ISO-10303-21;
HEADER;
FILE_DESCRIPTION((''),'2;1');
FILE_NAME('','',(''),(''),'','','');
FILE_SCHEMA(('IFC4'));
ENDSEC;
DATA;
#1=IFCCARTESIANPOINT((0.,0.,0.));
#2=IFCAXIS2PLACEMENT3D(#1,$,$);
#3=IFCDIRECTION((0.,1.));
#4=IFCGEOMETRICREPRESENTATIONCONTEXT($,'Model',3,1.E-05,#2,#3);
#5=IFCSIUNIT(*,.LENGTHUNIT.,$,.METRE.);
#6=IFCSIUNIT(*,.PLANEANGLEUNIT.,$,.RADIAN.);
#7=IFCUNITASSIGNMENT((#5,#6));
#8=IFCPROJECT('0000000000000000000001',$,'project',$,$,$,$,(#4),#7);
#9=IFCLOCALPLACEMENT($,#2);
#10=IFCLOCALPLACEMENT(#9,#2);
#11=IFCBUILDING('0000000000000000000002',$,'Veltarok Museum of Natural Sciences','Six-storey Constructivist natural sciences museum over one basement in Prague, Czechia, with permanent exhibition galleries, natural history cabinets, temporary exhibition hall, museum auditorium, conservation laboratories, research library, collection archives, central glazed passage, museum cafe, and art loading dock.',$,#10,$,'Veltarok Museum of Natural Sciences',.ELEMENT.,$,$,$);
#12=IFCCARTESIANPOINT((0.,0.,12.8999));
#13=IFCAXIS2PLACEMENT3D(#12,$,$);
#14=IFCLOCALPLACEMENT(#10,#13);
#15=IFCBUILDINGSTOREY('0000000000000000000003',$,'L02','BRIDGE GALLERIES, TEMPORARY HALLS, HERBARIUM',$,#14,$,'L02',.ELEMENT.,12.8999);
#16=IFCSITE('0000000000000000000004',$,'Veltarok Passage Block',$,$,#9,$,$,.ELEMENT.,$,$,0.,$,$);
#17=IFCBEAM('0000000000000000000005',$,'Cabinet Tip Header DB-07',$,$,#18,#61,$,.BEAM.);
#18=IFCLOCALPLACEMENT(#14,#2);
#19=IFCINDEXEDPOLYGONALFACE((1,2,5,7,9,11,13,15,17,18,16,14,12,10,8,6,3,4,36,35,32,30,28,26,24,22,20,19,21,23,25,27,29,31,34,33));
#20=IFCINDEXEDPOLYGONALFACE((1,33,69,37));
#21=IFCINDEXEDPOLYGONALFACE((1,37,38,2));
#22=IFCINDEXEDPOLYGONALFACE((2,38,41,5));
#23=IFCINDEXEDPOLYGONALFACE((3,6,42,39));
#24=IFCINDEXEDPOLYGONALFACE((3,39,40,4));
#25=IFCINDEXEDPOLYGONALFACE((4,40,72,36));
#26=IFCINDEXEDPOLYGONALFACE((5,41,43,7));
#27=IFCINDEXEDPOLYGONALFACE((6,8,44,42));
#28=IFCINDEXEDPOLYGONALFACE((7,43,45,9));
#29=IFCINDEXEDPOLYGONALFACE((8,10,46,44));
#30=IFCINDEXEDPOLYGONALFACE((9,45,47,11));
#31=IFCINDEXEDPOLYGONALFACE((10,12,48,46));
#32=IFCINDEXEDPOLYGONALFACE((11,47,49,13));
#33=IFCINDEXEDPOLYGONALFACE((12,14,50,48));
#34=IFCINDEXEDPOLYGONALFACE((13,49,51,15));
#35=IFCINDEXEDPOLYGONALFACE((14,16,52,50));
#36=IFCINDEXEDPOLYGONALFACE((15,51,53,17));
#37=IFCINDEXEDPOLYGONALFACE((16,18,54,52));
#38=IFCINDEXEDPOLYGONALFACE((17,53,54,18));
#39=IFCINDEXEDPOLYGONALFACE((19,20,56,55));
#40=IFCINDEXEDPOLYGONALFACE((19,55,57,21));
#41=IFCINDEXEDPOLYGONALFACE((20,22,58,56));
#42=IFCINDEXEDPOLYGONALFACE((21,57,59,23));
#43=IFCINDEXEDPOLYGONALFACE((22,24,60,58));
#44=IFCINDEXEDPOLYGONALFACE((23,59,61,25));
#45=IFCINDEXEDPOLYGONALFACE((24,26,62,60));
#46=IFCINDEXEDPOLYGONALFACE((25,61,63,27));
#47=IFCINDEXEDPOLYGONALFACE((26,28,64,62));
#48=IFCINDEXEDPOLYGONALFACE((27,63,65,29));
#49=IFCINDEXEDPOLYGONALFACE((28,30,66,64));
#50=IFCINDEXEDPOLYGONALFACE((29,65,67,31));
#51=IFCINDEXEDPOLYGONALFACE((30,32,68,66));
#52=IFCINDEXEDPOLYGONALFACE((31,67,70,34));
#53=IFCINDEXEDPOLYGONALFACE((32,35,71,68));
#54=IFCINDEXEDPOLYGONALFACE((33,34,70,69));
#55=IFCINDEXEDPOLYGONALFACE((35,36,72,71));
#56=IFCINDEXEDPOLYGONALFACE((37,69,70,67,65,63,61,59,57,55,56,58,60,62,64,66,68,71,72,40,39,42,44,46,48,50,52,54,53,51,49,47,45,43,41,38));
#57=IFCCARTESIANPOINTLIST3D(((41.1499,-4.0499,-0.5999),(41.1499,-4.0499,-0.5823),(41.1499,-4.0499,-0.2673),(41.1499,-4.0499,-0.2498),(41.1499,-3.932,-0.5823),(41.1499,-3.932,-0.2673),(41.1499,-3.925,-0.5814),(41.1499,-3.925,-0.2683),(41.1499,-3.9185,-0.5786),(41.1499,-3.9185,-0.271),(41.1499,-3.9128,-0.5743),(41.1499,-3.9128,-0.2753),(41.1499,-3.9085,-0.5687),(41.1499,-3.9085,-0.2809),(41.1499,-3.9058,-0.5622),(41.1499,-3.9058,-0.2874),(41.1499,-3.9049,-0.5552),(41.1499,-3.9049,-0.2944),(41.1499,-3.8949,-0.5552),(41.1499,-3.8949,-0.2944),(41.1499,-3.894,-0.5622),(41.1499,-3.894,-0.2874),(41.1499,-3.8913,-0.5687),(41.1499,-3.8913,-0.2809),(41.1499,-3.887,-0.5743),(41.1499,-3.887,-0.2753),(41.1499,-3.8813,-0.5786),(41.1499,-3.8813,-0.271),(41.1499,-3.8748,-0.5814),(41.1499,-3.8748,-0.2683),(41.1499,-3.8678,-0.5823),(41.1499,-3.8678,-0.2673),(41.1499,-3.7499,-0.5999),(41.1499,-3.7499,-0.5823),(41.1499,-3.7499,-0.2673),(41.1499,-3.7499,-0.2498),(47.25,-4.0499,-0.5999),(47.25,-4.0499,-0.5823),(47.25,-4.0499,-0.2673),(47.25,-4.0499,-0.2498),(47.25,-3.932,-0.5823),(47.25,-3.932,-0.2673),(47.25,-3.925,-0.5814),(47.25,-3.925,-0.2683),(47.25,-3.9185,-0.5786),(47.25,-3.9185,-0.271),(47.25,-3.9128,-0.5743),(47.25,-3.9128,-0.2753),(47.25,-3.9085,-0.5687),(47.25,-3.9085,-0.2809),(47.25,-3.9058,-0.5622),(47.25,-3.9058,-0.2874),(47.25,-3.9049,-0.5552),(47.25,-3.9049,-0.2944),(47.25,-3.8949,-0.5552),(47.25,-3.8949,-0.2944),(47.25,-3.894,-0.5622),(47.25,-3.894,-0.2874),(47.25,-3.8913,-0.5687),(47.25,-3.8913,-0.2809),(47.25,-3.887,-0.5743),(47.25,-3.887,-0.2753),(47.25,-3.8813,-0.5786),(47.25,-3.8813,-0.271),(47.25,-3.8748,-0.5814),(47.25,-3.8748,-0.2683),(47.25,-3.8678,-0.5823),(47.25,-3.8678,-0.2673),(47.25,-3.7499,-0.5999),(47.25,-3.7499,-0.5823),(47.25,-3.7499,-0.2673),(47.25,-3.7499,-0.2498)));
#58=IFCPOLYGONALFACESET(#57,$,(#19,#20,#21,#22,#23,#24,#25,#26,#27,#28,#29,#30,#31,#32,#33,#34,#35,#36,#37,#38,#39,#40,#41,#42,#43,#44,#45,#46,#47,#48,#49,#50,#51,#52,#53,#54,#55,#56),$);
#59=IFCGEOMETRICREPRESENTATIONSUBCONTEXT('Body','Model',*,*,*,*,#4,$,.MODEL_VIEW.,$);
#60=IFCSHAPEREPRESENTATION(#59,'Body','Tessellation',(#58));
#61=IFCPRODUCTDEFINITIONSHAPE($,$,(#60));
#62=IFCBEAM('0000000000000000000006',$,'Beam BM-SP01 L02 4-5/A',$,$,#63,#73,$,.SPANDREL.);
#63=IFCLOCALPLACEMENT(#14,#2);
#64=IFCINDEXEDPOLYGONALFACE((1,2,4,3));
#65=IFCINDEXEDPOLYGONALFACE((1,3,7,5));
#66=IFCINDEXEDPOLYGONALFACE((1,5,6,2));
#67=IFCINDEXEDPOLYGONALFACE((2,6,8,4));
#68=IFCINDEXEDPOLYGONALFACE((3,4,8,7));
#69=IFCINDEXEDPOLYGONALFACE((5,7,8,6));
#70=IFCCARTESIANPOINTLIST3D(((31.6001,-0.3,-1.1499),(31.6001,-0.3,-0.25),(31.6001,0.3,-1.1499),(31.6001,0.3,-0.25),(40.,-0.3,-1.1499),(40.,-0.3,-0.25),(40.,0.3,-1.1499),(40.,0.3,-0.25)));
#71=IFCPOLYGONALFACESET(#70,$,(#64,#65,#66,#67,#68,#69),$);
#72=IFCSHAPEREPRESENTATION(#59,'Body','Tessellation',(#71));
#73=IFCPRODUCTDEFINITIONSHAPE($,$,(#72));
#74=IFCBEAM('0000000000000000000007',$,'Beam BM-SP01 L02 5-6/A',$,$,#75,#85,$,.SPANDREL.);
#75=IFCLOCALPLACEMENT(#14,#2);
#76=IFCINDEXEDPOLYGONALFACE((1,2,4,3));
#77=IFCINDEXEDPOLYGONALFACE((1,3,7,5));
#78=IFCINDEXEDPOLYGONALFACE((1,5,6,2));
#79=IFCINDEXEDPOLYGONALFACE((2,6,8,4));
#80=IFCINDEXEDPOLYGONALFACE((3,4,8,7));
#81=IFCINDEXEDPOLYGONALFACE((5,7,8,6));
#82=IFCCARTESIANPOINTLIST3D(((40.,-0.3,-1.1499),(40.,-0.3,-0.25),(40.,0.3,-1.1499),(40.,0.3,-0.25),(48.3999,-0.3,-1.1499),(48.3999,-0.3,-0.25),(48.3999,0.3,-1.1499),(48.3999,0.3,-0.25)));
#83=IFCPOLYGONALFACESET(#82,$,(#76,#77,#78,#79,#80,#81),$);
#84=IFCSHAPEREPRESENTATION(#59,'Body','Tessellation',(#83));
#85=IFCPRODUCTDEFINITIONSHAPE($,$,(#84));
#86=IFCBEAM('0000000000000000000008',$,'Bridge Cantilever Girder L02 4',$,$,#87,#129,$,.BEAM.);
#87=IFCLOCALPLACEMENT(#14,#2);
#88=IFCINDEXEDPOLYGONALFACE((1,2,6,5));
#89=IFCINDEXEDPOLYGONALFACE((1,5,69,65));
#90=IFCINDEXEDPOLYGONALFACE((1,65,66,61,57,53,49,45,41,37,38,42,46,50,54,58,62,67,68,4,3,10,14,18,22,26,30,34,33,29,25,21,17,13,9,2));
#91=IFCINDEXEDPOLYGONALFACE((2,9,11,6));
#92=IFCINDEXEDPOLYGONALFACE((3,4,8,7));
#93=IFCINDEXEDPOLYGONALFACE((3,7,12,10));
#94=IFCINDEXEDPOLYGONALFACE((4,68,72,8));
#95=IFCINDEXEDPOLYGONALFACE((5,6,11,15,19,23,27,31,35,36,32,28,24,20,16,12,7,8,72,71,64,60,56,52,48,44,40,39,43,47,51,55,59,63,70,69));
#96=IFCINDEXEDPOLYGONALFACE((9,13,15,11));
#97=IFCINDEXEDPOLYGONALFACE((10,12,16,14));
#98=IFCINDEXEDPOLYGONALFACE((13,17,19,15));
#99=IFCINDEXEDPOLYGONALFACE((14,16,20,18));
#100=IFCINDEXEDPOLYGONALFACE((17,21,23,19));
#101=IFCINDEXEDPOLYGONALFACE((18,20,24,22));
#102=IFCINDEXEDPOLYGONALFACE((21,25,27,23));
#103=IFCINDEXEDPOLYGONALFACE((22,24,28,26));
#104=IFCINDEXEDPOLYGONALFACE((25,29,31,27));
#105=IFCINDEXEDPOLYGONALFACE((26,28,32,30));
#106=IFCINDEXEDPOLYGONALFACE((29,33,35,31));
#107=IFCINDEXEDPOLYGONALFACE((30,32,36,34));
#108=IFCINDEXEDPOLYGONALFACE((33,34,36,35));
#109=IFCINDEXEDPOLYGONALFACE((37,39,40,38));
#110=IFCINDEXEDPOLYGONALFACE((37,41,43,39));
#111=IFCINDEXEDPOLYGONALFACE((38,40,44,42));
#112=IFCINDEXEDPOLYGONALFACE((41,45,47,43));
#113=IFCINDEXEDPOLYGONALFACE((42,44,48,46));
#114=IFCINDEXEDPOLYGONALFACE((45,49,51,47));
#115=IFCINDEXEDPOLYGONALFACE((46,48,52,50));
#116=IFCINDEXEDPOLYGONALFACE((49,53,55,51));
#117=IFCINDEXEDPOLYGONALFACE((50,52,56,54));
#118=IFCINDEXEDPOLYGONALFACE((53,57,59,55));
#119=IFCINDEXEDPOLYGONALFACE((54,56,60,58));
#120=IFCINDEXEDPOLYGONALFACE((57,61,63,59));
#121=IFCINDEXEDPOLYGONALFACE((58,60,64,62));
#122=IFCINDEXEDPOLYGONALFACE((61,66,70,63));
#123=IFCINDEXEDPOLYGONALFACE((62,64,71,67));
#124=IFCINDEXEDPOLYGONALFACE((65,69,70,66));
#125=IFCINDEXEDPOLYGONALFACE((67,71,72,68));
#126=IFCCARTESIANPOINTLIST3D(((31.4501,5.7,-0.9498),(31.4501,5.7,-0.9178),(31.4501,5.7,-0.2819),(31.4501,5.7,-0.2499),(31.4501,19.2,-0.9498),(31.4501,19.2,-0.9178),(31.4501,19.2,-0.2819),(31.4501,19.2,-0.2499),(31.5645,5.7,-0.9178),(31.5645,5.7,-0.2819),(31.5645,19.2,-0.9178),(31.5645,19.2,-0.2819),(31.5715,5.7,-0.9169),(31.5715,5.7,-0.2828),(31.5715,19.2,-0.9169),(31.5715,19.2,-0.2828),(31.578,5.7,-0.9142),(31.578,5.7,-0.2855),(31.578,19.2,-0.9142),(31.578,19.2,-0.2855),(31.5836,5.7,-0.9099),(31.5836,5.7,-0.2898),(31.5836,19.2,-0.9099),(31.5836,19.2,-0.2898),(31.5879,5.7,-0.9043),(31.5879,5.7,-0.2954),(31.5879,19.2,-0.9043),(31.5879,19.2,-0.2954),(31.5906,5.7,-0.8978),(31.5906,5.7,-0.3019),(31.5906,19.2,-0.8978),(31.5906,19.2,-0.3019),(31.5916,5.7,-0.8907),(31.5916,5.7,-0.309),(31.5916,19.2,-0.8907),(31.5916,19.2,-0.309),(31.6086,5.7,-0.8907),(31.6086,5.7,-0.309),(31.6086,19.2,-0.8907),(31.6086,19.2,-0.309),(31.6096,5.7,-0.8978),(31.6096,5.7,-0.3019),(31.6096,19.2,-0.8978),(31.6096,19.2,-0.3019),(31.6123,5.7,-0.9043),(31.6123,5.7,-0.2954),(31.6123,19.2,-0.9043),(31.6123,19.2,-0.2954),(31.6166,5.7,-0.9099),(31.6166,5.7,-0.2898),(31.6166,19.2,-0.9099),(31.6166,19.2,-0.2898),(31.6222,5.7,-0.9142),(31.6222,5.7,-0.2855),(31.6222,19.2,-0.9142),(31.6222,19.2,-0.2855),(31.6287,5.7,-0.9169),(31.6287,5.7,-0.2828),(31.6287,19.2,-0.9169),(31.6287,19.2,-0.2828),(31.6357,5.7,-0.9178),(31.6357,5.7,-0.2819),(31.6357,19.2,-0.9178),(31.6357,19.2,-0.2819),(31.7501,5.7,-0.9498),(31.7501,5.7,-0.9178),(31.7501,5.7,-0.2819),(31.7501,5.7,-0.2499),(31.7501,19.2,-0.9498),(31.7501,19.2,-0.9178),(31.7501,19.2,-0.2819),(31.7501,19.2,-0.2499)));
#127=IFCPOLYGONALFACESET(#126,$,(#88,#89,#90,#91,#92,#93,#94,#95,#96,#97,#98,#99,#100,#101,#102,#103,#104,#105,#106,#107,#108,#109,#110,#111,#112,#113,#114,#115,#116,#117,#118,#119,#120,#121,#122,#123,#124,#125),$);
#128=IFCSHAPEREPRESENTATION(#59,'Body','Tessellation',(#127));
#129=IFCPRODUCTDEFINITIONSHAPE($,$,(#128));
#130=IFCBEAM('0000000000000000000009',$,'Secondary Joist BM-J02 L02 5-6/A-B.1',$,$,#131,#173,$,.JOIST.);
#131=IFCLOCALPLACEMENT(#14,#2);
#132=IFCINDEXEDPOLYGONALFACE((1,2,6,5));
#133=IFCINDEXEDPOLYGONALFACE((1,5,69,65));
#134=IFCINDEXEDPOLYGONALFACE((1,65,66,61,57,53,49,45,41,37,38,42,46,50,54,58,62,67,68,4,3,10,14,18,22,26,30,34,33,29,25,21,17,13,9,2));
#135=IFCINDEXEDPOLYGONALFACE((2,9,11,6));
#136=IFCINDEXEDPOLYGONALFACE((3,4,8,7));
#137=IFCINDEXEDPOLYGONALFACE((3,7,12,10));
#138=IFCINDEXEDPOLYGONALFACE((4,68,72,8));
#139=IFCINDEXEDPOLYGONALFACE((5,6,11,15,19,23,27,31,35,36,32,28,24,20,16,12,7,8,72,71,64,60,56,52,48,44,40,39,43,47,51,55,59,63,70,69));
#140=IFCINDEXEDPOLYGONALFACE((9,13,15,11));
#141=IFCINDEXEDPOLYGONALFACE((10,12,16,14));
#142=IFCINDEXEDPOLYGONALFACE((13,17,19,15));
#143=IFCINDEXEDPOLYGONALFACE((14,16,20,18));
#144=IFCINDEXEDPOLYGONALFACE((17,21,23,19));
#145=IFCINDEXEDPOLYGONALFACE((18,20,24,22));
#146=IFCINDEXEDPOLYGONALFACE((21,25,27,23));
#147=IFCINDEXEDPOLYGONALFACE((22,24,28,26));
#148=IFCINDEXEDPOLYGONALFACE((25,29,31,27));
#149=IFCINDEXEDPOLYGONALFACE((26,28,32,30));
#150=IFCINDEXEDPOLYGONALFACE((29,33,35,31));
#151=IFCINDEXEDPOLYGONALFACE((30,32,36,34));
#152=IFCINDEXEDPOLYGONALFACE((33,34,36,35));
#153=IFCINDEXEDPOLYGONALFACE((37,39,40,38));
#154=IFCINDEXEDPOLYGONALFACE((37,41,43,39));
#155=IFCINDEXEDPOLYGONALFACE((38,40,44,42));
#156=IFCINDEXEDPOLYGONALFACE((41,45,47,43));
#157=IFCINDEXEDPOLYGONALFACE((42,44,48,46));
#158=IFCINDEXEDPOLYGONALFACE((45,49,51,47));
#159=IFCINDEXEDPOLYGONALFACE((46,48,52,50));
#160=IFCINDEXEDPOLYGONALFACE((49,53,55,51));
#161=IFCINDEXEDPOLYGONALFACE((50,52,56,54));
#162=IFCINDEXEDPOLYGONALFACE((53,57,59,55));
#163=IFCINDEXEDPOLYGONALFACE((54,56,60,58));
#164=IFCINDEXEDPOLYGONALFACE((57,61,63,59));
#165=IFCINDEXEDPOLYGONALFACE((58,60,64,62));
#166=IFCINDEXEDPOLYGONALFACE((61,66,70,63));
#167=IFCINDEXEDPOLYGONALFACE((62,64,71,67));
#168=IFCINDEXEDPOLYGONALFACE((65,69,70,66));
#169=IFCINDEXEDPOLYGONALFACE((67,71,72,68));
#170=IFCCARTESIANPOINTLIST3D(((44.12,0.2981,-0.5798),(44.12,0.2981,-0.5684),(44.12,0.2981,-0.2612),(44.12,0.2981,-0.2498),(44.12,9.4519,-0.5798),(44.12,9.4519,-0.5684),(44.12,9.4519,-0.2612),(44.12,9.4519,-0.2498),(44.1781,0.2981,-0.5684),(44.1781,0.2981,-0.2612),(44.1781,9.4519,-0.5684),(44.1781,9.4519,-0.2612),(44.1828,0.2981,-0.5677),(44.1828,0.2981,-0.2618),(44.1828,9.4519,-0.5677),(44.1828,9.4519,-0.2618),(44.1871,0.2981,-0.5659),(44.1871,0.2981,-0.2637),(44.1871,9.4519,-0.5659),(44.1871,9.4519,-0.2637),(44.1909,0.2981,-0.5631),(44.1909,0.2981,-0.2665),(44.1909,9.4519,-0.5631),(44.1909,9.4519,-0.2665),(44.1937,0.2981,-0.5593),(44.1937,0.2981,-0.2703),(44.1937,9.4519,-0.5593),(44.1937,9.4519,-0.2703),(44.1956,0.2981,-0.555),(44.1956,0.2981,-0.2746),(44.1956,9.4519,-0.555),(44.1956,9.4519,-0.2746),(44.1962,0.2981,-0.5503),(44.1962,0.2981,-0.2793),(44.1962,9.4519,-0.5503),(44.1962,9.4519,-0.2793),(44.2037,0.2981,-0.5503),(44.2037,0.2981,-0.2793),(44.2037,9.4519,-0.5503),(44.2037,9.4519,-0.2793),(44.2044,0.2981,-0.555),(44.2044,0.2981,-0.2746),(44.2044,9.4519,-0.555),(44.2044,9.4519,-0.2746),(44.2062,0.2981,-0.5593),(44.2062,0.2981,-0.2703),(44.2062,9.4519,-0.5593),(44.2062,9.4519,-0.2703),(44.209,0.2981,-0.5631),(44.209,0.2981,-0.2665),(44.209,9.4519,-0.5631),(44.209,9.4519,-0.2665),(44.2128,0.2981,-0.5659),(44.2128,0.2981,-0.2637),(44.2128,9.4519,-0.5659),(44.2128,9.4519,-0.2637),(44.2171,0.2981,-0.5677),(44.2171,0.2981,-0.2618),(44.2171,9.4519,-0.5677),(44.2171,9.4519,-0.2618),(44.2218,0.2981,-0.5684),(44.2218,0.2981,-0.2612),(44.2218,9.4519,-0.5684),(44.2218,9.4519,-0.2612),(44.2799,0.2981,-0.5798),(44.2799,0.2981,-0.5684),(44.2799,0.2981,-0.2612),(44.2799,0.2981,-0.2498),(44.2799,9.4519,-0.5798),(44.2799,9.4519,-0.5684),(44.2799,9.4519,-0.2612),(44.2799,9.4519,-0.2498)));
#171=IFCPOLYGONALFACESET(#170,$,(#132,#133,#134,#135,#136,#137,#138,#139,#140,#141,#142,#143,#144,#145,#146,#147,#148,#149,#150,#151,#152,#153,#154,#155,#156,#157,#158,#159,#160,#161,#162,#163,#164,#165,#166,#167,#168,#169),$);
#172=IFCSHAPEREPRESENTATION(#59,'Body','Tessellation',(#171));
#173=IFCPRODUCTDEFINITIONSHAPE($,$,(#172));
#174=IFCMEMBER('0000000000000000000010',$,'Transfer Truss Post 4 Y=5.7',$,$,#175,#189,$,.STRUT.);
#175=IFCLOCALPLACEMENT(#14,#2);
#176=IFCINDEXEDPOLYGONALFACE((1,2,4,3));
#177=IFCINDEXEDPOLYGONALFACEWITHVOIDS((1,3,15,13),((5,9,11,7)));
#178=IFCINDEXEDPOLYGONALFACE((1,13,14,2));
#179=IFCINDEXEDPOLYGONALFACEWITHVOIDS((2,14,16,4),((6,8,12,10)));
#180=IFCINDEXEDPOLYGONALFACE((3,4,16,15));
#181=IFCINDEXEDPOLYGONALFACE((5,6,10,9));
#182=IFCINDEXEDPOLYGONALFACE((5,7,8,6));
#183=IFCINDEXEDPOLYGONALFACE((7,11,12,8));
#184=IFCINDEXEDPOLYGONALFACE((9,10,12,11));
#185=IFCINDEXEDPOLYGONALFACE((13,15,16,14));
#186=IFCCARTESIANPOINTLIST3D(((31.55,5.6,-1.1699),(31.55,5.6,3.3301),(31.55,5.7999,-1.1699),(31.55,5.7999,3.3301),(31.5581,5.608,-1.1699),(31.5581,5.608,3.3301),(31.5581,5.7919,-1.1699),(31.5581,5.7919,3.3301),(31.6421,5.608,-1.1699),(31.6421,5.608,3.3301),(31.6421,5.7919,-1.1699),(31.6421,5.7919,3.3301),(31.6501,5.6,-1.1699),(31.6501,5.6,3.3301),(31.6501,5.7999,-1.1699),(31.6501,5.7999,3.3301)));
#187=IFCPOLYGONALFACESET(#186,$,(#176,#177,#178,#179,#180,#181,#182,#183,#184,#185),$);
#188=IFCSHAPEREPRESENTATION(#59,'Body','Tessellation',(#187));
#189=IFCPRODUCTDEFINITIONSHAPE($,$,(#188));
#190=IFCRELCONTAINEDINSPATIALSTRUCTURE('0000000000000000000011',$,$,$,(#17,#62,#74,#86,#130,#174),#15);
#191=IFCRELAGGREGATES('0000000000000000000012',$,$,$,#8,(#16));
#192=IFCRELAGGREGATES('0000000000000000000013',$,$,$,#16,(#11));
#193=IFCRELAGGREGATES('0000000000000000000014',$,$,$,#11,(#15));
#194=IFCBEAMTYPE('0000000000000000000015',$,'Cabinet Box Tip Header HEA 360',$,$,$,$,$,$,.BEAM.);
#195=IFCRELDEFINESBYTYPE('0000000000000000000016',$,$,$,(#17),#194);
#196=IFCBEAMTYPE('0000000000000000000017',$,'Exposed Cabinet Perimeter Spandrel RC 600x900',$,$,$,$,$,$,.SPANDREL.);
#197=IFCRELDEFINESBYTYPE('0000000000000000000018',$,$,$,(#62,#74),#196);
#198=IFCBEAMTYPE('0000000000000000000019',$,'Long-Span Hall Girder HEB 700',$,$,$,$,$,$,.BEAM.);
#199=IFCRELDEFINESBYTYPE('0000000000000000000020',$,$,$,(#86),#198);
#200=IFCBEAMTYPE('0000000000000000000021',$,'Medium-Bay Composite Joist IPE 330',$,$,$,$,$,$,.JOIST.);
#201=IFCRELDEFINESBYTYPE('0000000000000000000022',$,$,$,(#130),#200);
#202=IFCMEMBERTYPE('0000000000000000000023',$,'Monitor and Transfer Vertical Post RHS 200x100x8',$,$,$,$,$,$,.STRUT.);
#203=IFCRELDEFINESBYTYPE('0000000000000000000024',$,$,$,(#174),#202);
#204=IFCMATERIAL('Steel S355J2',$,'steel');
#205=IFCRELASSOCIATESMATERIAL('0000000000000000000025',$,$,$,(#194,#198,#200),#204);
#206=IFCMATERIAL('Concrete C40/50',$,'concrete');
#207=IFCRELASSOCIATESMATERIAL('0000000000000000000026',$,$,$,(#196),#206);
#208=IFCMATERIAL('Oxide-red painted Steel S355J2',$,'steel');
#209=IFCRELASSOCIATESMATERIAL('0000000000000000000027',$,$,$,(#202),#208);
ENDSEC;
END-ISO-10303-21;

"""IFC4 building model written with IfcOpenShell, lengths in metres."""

from ifc_helpers import new_model, si_unit, direction, frame, origin, origin_2d, place, context, subcontext, project, spatial, rectangle, hollow_rectangle, i_section, extrude, material, material_profile, profile_set, type_object, element, save


model = new_model("IFC4")

# Units and contexts
model_context = context("Model", 3, precision=1e-05, world=origin(), true_north=direction((0.0, 1.0)))
body_context = subcontext(model_context, "Body", "Model", "MODEL_VIEW")
ifc_project = project(units=[si_unit("LENGTHUNIT", "METRE"), si_unit("PLANEANGLEUNIT", "RADIAN")], contexts=[model_context])

# Site, building, storey
site_placement = place(None, origin())
site = spatial("IfcSite", under=ifc_project, at=site_placement, Name="Veltarok Passage Block", CompositionType="ELEMENT", RefElevation=0.0)
building_placement = place(site_placement, origin())
building = spatial("IfcBuilding", under=site, at=building_placement, Name="Veltarok Museum of Natural Sciences", Description="Six-storey Constructivist natural sciences museum over one basement in Prague, Czechia, with permanent exhibition galleries, natural history cabinets, temporary exhibition hall, museum auditorium, conservation laboratories, research library, collection archives, central glazed passage, museum cafe, and art loading dock.", LongName="Veltarok Museum of Natural Sciences", CompositionType="ELEMENT")
storey_placement = place(building_placement, frame((0.0, 0.0, 12.8999)))
storey = spatial("IfcBuildingStorey", under=building, at=storey_placement, Name="L02", Description="BRIDGE GALLERIES, TEMPORARY HALLS, HERBARIUM", LongName="L02", CompositionType="ELEMENT", Elevation=12.8999)

# Shared definitions
ifc_material_1 = material(Name="Concrete C40/50", Category="concrete")
ifc_material_2 = material(Name="Steel S355J2", Category="steel")

# Beams
ifc_material_profile_1 = material_profile(ifc_material_2, i_section(OverallWidth=0.3, OverallDepth=0.3501, WebThickness=0.01, FlangeThickness=0.0176, FilletRadius=0.0271, at=origin_2d()), Name="HEA 360")
ifc_profile_set_1 = profile_set([ifc_material_profile_1], Name="Steel S355J2")
beam_type_1 = type_object("IfcBeamType", Name="Cabinet Box Tip Header HEA 360", PredefinedType="BEAM", material=ifc_profile_set_1)
beam_1_placement = place(storey_placement, frame((41.1499, -3.8999, -0.4248), z_axis=(1.0, 0.0, 0.0), x_axis=(0.0, 1.0, 0.0)))
element("IfcBeam", 1, at=beam_1_placement, inside=storey, type_object=beam_type_1, Name="Cabinet Tip Header DB-07", PredefinedType="BEAM", context=body_context, shape_type="SweptSolid", body=[
    extrude(i_section(OverallWidth=0.3, OverallDepth=0.3501, WebThickness=0.01, FlangeThickness=0.0176, FilletRadius=0.0271, at=origin_2d()), origin(), (0.0, 0.0, 1.0), 6.1001),
])
ifc_material_profile_2 = material_profile(ifc_material_1, rectangle(XDim=0.6001, YDim=0.8999, at=origin_2d()), Name="RC 600x900")
ifc_profile_set_2 = profile_set([ifc_material_profile_2], Name="Concrete C40/50")
beam_type_2 = type_object("IfcBeamType", Name="Exposed Cabinet Perimeter Spandrel RC 600x900", PredefinedType="SPANDREL", material=ifc_profile_set_2)
for number, where, z_axis, x_axis, name in (
    (2, (31.6001, 0.0, -0.7), (1.0, 0.0, 0.0), (0.0, 1.0, 0.0), "Beam BM-SP01 L02 4-5/A"),
    (3, (40.0, 0.0, -0.7), (1.0, 0.0, 0.0), (0.0, 1.0, 0.0), "Beam BM-SP01 L02 5-6/A"),
):
    element("IfcBeam", number, at=place(storey_placement, frame(where, z_axis=z_axis, x_axis=x_axis)), inside=storey, type_object=beam_type_2, Name=name, PredefinedType="SPANDREL", context=body_context, shape_type="SweptSolid", body=[
        extrude(rectangle(XDim=0.6001, YDim=0.8999, at=origin_2d()), origin(), (0.0, 0.0, 1.0), 8.3999),
    ])
ifc_material_profile_3 = material_profile(ifc_material_2, i_section(OverallWidth=0.3, OverallDepth=0.7, WebThickness=0.0171, FlangeThickness=0.032, FilletRadius=0.0271, at=origin_2d()), Name="HEB 700")
ifc_profile_set_3 = profile_set([ifc_material_profile_3], Name="Steel S355J2")
beam_type_3 = type_object("IfcBeamType", Name="Long-Span Hall Girder HEB 700", PredefinedType="BEAM", material=ifc_profile_set_3)
beam_2_placement = place(storey_placement, frame((31.6001, 5.7, -0.5999), z_axis=(0.0, 1.0, 0.0), x_axis=(-1.0, 0.0, 0.0)))
element("IfcBeam", 4, at=beam_2_placement, inside=storey, type_object=beam_type_3, Name="Bridge Cantilever Girder L02 4", PredefinedType="BEAM", context=body_context, shape_type="SweptSolid", body=[
    extrude(i_section(OverallWidth=0.3, OverallDepth=0.7, WebThickness=0.0171, FlangeThickness=0.032, FilletRadius=0.0271, at=origin_2d()), origin(), (0.0, 0.0, 1.0), 13.5),
])
ifc_material_profile_4 = material_profile(ifc_material_2, i_section(OverallWidth=0.1599, OverallDepth=0.3301, WebThickness=0.0076, FlangeThickness=0.0115, FilletRadius=0.0181, at=origin_2d()), Name="IPE 330")
ifc_profile_set_4 = profile_set([ifc_material_profile_4], Name="Steel S355J2")
beam_type_4 = type_object("IfcBeamType", Name="Medium-Bay Composite Joist IPE 330", PredefinedType="JOIST", material=ifc_profile_set_4)
beam_3_placement = place(storey_placement, frame((44.2, 0.2981, -0.4148), z_axis=(0.0, 1.0, 0.0), x_axis=(-1.0, 0.0, 0.0)))
element("IfcBeam", 5, at=beam_3_placement, inside=storey, type_object=beam_type_4, Name="Secondary Joist BM-J02 L02 5-6/A-B.1", PredefinedType="JOIST", context=body_context, shape_type="SweptSolid", body=[
    extrude(i_section(OverallWidth=0.1599, OverallDepth=0.3301, WebThickness=0.0076, FlangeThickness=0.0115, FilletRadius=0.0181, at=origin_2d()), origin(), (0.0, 0.0, 1.0), 9.1538),
])

# Member
ifc_material_3 = material(Name="Oxide-red painted Steel S355J2", Category="steel")
ifc_material_profile_5 = material_profile(ifc_material_3, hollow_rectangle(XDim=0.1001, YDim=0.2, WallThickness=0.0081, at=origin_2d()), Name="RHS 200x100x8")
ifc_profile_set_5 = profile_set([ifc_material_profile_5], Name="Oxide-red painted Steel S355J2")
member_type_1 = type_object("IfcMemberType", Name="Monitor and Transfer Vertical Post RHS 200x100x8", PredefinedType="STRUT", material=ifc_profile_set_5)
member_1_placement = place(storey_placement, frame((31.6001, 5.7, -1.1699), z_axis=(0.0, 0.0, 1.0), x_axis=(1.0, 0.0, 0.0)))
element("IfcMember", 6, at=member_1_placement, inside=storey, type_object=member_type_1, Name="Transfer Truss Post 4 Y=5.7", PredefinedType="STRUT", context=body_context, shape_type="SweptSolid", body=[
    extrude(hollow_rectangle(XDim=0.1001, YDim=0.2, WallThickness=0.0081, at=origin_2d()), origin(), (0.0, 0.0, 1.0), 4.5),
])

save(model, "model.ifc")
